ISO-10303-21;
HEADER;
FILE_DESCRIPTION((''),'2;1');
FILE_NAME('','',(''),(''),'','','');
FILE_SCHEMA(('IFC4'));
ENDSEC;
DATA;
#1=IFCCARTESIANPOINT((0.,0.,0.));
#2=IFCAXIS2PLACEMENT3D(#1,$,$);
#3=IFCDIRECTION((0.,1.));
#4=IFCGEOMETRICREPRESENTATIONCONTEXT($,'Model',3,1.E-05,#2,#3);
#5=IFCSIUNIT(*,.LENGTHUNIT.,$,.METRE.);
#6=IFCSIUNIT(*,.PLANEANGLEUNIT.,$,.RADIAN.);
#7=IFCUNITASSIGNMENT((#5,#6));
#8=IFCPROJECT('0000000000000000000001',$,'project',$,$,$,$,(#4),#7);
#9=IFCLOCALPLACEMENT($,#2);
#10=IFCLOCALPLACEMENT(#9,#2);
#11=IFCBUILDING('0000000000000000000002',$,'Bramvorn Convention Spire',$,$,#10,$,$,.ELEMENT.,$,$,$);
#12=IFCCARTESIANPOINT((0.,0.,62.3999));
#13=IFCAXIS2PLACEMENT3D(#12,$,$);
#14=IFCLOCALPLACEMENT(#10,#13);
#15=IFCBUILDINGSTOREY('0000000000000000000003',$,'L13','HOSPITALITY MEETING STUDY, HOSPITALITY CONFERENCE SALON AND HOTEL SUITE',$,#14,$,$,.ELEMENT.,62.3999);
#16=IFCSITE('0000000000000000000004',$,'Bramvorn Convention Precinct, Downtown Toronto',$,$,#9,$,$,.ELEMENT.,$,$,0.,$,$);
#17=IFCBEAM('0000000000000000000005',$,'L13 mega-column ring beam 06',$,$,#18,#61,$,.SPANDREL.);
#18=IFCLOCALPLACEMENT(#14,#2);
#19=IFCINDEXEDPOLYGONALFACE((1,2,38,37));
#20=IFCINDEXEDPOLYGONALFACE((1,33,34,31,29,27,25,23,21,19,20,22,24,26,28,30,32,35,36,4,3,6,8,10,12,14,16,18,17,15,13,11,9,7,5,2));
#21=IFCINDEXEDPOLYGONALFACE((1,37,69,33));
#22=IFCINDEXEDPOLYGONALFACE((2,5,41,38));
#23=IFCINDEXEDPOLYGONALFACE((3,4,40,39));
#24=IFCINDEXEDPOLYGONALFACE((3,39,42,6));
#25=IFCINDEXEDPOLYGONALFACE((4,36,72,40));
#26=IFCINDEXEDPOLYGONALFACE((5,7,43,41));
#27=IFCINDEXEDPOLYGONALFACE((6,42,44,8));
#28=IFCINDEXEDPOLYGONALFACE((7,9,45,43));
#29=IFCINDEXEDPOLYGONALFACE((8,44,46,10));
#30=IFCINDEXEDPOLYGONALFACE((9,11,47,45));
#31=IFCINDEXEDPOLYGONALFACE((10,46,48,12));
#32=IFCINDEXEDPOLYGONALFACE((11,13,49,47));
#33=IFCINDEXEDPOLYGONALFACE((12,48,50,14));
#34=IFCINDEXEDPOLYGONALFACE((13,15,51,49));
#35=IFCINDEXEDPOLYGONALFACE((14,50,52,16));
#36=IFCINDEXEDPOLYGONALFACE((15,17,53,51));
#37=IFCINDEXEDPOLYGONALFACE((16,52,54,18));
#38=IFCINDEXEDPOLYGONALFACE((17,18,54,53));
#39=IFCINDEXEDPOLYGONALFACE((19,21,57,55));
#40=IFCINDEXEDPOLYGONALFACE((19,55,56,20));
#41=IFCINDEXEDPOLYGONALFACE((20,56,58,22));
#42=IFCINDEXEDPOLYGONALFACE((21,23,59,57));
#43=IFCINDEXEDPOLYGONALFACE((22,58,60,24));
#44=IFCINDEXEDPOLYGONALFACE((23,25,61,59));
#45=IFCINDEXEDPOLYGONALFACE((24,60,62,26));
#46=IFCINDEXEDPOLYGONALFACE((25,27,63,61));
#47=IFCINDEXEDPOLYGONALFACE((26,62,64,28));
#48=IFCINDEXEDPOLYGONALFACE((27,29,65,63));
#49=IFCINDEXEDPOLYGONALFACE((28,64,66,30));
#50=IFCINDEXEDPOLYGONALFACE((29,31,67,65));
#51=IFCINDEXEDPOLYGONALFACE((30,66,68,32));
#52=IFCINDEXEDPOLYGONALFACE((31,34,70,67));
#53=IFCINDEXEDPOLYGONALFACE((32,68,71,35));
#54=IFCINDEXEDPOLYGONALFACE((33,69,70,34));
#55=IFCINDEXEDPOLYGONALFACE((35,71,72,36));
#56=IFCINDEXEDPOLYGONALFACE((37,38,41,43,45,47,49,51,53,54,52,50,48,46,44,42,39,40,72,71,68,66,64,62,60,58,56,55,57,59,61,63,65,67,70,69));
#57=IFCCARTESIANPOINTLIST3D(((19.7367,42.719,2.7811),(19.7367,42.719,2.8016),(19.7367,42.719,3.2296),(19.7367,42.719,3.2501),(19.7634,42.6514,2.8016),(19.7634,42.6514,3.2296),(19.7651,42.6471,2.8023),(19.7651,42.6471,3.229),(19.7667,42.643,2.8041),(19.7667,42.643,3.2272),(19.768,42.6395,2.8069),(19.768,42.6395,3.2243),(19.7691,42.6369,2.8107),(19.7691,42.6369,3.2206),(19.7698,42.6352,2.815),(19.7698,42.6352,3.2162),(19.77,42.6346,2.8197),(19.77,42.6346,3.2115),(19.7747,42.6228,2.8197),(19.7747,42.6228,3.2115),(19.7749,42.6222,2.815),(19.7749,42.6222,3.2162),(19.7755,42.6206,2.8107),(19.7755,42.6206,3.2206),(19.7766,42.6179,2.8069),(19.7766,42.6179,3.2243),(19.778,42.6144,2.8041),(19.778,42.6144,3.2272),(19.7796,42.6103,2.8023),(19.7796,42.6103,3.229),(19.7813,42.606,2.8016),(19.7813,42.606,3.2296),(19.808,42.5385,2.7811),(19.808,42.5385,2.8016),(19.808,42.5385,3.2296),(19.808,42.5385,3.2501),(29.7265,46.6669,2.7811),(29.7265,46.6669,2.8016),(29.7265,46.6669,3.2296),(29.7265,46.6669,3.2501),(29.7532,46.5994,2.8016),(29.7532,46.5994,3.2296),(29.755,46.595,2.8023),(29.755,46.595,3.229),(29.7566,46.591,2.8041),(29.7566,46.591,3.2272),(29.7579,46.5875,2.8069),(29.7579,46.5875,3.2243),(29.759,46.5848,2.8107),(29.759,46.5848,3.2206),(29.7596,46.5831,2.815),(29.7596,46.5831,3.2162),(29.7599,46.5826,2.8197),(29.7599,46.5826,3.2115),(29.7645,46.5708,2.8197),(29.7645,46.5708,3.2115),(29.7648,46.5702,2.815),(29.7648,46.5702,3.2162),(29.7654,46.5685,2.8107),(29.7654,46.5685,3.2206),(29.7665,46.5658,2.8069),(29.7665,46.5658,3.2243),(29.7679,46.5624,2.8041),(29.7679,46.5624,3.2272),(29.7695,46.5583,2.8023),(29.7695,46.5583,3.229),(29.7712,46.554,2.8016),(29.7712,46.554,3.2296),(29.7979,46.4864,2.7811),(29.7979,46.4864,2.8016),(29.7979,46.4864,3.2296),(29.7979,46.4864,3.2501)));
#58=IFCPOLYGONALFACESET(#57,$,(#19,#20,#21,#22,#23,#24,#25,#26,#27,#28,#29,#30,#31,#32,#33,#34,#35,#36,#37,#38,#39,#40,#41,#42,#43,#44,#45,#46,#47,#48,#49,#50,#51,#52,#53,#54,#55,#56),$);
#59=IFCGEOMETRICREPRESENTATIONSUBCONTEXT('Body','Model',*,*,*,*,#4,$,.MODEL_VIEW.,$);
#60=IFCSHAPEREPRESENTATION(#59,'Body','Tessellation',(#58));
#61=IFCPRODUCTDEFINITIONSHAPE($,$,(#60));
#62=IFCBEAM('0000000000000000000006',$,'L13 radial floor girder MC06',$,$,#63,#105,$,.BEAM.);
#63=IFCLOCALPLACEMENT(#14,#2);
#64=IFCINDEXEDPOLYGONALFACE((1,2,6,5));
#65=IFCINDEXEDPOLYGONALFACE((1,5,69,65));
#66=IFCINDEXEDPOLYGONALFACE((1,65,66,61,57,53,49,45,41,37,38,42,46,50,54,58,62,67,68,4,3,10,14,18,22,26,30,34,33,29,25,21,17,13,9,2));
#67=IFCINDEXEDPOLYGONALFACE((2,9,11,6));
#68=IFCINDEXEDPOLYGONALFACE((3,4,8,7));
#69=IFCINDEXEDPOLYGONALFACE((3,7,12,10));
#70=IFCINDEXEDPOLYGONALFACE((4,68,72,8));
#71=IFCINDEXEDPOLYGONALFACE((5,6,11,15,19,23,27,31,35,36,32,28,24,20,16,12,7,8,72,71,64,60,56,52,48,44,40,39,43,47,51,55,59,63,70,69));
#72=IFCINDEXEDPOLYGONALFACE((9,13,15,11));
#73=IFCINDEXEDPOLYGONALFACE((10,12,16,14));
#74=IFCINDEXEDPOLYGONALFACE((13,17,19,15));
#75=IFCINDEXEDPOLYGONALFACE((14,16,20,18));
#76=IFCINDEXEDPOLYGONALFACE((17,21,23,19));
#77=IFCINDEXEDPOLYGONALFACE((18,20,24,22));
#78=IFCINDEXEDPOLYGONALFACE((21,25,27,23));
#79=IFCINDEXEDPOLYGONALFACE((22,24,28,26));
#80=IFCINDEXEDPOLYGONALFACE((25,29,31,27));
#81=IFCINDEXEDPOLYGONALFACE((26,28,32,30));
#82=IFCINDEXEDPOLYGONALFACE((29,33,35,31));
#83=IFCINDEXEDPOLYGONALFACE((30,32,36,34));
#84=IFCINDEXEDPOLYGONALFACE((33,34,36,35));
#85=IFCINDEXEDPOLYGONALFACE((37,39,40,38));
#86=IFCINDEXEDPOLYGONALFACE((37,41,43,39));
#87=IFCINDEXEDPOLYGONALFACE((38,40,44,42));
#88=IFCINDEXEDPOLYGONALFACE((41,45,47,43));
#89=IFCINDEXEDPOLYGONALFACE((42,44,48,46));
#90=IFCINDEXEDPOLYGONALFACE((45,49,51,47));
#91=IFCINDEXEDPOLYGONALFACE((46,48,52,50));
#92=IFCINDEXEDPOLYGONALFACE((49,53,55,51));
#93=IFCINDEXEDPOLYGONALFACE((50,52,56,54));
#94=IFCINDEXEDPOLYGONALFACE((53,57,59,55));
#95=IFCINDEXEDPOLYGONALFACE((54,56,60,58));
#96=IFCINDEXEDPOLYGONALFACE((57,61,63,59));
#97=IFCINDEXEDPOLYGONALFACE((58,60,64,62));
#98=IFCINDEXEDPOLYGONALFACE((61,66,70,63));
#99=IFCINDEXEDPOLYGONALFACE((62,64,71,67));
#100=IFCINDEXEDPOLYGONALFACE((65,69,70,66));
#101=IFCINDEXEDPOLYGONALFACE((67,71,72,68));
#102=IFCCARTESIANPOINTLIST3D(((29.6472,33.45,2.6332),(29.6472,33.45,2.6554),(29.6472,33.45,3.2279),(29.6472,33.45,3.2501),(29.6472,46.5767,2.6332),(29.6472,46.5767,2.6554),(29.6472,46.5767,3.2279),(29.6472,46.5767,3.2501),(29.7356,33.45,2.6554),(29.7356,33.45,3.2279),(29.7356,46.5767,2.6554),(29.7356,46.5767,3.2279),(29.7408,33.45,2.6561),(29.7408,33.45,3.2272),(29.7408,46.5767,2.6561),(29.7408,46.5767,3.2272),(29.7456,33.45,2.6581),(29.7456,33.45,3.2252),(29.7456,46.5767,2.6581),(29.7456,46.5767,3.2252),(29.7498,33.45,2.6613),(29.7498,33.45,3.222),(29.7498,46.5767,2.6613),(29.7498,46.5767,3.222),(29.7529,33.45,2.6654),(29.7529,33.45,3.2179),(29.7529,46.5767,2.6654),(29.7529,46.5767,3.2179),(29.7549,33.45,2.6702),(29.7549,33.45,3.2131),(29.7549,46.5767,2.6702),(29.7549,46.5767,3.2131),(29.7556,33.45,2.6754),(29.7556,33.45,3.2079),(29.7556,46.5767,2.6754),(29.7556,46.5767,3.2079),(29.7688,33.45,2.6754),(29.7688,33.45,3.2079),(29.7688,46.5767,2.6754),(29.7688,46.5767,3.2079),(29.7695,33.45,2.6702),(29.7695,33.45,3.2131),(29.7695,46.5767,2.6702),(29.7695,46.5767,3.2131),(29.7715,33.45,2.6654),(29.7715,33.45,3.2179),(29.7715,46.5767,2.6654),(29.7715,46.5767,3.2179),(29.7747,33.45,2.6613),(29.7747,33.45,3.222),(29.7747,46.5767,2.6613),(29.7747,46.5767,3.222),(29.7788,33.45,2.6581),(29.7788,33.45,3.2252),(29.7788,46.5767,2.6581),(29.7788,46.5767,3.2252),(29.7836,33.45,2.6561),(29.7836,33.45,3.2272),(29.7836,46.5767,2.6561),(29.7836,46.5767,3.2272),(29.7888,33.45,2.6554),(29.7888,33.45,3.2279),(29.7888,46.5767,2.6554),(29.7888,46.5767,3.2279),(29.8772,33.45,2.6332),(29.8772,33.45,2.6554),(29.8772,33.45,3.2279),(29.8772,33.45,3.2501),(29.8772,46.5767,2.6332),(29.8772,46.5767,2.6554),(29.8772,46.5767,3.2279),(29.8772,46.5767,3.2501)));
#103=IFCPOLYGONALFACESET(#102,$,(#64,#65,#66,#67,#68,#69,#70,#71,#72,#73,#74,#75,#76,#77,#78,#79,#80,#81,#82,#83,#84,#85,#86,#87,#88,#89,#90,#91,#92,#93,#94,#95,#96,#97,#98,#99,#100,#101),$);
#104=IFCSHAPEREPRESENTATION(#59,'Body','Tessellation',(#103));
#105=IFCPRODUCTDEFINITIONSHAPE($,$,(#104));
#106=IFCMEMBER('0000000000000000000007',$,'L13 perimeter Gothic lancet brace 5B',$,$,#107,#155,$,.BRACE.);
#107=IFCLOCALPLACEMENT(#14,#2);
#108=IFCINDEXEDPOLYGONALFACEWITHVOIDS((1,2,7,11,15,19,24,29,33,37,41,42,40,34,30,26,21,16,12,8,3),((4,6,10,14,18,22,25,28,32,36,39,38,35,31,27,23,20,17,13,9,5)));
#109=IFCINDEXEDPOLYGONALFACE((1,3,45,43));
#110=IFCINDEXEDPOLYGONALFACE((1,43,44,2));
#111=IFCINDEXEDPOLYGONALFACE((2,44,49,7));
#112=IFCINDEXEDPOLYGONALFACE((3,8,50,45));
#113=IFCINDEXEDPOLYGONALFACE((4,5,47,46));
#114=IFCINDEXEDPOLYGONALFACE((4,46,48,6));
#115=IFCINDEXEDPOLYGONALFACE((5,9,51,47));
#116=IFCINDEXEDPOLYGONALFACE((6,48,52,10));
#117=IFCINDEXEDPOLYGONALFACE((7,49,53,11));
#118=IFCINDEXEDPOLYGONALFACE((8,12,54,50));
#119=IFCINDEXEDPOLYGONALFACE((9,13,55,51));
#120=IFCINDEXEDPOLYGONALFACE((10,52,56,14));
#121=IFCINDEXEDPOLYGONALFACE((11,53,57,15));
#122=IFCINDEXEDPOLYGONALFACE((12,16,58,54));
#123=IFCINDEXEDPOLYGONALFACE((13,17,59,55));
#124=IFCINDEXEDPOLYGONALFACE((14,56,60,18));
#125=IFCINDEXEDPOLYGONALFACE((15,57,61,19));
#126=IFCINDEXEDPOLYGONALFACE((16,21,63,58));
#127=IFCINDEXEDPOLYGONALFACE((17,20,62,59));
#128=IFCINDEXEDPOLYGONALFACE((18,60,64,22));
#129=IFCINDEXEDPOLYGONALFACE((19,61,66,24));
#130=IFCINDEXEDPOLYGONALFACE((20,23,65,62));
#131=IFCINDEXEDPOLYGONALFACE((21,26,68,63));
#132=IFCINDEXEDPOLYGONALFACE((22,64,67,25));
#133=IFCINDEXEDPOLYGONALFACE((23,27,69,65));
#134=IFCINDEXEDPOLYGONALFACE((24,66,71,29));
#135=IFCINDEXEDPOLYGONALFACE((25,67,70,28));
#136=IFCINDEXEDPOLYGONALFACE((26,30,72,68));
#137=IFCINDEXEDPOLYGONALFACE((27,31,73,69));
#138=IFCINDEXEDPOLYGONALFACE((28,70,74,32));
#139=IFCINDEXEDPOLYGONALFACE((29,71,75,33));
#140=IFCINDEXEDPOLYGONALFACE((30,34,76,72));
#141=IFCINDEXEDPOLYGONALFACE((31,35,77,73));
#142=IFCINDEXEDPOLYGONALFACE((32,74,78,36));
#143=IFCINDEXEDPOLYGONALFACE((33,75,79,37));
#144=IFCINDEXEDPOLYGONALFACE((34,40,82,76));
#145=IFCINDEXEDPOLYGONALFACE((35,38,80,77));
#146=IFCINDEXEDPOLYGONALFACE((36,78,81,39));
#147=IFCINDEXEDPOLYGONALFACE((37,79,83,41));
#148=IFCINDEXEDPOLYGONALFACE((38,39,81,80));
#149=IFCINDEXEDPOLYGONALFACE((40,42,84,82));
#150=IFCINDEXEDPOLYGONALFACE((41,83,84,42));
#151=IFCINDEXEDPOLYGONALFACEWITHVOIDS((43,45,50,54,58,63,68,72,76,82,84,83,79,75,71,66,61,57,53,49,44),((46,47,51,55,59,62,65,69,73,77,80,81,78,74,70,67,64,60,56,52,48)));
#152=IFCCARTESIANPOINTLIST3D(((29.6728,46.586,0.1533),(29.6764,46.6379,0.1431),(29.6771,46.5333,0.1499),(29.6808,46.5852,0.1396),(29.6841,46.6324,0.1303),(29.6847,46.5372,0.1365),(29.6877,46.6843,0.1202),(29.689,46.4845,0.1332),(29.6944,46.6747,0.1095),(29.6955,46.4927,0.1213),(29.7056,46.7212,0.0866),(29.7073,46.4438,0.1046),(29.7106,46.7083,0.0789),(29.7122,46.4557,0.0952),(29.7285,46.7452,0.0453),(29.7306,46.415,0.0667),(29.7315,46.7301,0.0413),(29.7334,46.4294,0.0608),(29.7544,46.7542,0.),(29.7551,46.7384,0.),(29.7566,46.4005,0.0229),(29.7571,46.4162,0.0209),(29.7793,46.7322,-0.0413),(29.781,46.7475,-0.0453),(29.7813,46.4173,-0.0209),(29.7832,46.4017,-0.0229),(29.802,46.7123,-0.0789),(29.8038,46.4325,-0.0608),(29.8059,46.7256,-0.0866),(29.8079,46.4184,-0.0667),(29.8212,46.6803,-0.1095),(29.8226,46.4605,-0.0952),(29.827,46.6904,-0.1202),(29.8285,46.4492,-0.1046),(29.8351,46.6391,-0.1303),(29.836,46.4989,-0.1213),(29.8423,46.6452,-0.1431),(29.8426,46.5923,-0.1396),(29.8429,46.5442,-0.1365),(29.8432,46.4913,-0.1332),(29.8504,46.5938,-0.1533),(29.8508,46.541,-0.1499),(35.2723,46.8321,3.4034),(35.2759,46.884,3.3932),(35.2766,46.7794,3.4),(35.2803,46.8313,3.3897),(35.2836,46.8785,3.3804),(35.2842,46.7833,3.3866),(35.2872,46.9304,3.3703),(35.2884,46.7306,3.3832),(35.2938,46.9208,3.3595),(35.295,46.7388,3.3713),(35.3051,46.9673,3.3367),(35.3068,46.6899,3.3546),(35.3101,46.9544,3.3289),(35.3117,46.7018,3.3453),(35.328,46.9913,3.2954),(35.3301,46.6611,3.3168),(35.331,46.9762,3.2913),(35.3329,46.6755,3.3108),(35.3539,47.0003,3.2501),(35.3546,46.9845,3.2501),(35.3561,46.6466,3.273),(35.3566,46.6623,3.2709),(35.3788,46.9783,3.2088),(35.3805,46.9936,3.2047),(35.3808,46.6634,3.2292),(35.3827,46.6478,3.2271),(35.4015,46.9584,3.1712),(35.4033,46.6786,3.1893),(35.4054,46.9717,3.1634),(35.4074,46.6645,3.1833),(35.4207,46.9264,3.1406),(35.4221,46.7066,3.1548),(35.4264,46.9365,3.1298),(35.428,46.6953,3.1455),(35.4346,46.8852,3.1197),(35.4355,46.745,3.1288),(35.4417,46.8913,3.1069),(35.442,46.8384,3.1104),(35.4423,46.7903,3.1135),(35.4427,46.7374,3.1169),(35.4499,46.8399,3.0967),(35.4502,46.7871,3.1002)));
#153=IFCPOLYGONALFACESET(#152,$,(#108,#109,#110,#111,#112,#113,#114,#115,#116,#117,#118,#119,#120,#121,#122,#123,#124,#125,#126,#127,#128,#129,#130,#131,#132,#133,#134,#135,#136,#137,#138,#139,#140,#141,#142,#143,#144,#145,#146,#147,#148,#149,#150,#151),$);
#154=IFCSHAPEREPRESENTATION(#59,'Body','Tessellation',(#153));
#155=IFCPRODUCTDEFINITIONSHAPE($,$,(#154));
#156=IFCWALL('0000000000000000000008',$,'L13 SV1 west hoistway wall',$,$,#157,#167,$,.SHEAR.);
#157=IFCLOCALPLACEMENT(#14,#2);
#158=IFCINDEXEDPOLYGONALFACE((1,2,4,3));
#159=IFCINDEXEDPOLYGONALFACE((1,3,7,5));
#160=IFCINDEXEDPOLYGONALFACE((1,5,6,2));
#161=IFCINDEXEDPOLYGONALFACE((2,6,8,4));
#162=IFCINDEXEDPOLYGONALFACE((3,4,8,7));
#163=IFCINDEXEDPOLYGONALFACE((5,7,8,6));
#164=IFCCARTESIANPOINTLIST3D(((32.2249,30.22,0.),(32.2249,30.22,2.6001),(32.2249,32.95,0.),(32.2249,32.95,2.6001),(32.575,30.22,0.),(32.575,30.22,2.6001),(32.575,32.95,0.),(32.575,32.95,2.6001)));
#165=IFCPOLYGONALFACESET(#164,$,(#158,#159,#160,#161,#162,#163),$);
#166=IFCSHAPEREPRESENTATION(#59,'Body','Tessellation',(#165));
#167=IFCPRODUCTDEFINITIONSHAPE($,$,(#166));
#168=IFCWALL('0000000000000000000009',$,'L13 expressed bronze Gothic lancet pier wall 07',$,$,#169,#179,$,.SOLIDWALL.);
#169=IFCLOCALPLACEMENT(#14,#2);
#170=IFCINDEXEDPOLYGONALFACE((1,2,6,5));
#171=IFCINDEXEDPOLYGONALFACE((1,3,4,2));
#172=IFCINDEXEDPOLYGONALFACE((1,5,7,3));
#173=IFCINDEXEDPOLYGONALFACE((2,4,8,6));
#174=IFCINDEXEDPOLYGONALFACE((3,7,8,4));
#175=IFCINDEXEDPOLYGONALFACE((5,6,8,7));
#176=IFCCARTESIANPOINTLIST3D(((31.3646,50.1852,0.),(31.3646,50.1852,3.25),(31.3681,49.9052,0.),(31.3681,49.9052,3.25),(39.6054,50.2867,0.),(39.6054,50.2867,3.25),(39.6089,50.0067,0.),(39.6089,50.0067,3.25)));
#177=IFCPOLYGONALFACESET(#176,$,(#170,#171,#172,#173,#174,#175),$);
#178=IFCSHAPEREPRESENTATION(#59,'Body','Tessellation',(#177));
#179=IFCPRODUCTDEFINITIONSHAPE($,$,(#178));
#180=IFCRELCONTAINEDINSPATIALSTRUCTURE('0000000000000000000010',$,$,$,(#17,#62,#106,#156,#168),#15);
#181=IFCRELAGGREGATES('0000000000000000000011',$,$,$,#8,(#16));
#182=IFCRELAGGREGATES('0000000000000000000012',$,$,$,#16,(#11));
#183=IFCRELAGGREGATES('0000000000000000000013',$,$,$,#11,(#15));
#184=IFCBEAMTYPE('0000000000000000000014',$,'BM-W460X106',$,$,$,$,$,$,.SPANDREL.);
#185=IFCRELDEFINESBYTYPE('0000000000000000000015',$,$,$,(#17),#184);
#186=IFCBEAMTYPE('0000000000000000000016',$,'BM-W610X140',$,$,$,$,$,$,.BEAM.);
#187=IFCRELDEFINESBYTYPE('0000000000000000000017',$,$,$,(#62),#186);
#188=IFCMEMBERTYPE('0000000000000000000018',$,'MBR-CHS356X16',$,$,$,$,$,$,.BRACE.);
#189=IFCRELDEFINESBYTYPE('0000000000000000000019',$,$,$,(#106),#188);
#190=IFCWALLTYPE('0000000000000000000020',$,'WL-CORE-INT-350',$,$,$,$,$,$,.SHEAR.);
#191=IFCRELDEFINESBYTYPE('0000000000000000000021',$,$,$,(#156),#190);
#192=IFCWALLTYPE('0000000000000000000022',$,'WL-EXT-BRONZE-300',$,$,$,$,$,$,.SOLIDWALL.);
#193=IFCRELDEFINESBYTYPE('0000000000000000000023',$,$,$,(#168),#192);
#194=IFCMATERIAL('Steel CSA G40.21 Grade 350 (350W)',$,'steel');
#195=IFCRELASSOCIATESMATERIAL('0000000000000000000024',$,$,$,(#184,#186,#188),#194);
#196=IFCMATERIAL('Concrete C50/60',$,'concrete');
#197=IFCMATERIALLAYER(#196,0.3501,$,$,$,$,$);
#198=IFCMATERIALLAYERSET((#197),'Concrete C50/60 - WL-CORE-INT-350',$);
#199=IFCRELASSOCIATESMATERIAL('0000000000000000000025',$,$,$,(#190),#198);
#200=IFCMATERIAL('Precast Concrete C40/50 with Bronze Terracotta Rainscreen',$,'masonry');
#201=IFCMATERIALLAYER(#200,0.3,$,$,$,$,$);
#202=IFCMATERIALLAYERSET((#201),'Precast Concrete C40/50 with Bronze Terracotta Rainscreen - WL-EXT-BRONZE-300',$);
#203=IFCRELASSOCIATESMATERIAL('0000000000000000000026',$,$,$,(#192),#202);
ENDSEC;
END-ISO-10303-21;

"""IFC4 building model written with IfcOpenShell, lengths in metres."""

from ifc_helpers import new_model, si_unit, direction, frame, frame_2d, origin, origin_2d, place, context, subcontext, project, spatial, rectangle, hollow_circle, i_section, extrude, material, layer, layer_set, material_profile, profile_set, type_object, element, save


model = new_model("IFC4")

# Units and contexts
model_context = context("Model", 3, precision=1e-05, world=origin(), true_north=direction((0.0, 1.0)))
body_context = subcontext(model_context, "Body", "Model", "MODEL_VIEW")
ifc_project = project(units=[si_unit("LENGTHUNIT", "METRE"), si_unit("PLANEANGLEUNIT", "RADIAN")], contexts=[model_context])

# Site, building, storey
site_placement = place(None, origin())
site = spatial("IfcSite", under=ifc_project, at=site_placement, Name="Bramvorn Convention Precinct, Downtown Toronto", CompositionType="ELEMENT", RefElevation=0.0)
building_placement = place(site_placement, origin())
building = spatial("IfcBuilding", under=site, at=building_placement, Name="Bramvorn Convention Spire", CompositionType="ELEMENT")
storey_placement = place(building_placement, frame((0.0, 0.0, 62.3999)))
storey = spatial("IfcBuildingStorey", under=building, at=storey_placement, Name="L13", Description="HOSPITALITY MEETING STUDY, HOSPITALITY CONFERENCE SALON AND HOTEL SUITE", CompositionType="ELEMENT", Elevation=62.3999)

# Shared definitions
ifc_material_1 = material(Name="Steel CSA G40.21 Grade 350 (350W)", Category="steel")

# Beams
ifc_material_profile_1 = material_profile(ifc_material_1, i_section(OverallWidth=0.1941, OverallDepth=0.469, WebThickness=0.0127, FlangeThickness=0.0205, FilletRadius=0.0181, at=origin_2d()))
ifc_profile_set_1 = profile_set([ifc_material_profile_1], Name="Steel CSA G40.21 Grade 350 (350W) - W460X106")
beam_type_1 = type_object("IfcBeamType", Name="BM-W460X106", PredefinedType="SPANDREL", material=ifc_profile_set_1)
beam_1_placement = place(storey_placement, frame((29.7622, 46.5767, 3.0156), z_axis=(-0.93001, -0.367535, 0.0), x_axis=(0.367535, -0.93001, 0.0)))
element("IfcBeam", 1, at=beam_1_placement, inside=storey, type_object=beam_type_1, Name="L13 mega-column ring beam 06", PredefinedType="SPANDREL", context=body_context, shape_type="SweptSolid", body=[
    extrude(i_section(OverallWidth=0.1941, OverallDepth=0.469, WebThickness=0.0127, FlangeThickness=0.0205, FilletRadius=0.0181, at=origin_2d()), origin(), (0.0, 0.0, 1.0), 10.7417),
])
ifc_material_profile_2 = material_profile(ifc_material_1, i_section(OverallWidth=0.23, OverallDepth=0.6169, WebThickness=0.0132, FlangeThickness=0.0222, FilletRadius=0.02, at=origin_2d()))
ifc_profile_set_2 = profile_set([ifc_material_profile_2], Name="Steel CSA G40.21 Grade 350 (350W) - W610X140")
beam_type_2 = type_object("IfcBeamType", Name="BM-W610X140", PredefinedType="BEAM", material=ifc_profile_set_2)
beam_2_placement = place(storey_placement, frame((29.7622, 33.45, 2.9417), z_axis=(0.0, 1.0, 0.0), x_axis=(-1.0, 0.0, 0.0)))
element("IfcBeam", 2, at=beam_2_placement, inside=storey, type_object=beam_type_2, Name="L13 radial floor girder MC06", PredefinedType="BEAM", context=body_context, shape_type="SweptSolid", body=[
    extrude(i_section(OverallWidth=0.23, OverallDepth=0.6169, WebThickness=0.0132, FlangeThickness=0.0222, FilletRadius=0.02, at=origin_2d()), origin(), (0.0, 0.0, 1.0), 13.1267),
])

# Member
ifc_material_profile_3 = material_profile(ifc_material_1, hollow_circle(Radius=0.1777, WallThickness=0.0159, at=origin_2d()))
ifc_profile_set_3 = profile_set([ifc_material_profile_3], Name="Steel CSA G40.21 Grade 350 (350W) - CHS356X16")
member_type = type_object("IfcMemberType", Name="MBR-CHS356X16", PredefinedType="BRACE", material=ifc_profile_set_3)
member_placement = place(storey_placement, frame((29.7622, 46.5767, 0.0), z_axis=(0.864248, 0.037984, 0.50163), x_axis=(-0.043908, 0.999036, 0.0)))
element("IfcMember", 3, at=member_placement, inside=storey, type_object=member_type, Name="L13 perimeter Gothic lancet brace 5B", PredefinedType="BRACE", context=body_context, shape_type="SweptSolid", body=[
    extrude(hollow_circle(Radius=0.1777, WallThickness=0.0159, at=origin_2d()), origin(), (0.0, 0.0, 1.0), 6.479),
])

# Shared definitions
ifc_material_2 = material(Name="Concrete C50/60", Category="concrete")
ifc_layer_1 = layer(ifc_material_2, 0.3501)
ifc_layer_set_1 = layer_set([ifc_layer_1], Name="Concrete C50/60 - WL-CORE-INT-350")
wall_type_1 = type_object("IfcWallType", Name="WL-CORE-INT-350", PredefinedType="SHEAR", material=ifc_layer_set_1)

# Walls
wall_1_placement = place(storey_placement, frame((32.3999, 30.22, 0.0), z_axis=(0.0, 0.0, 1.0), x_axis=(0.0, 1.0, 0.0)))
element("IfcWall", 4, at=wall_1_placement, inside=storey, type_object=wall_type_1, Name="L13 SV1 west hoistway wall", PredefinedType="SHEAR", context=body_context, shape_type="SweptSolid", body=[
    extrude(rectangle(XDim=2.73, YDim=0.3501, at=frame_2d((1.365, 0.0))), origin(), (0.0, 0.0, 1.0), 2.6001),
])
ifc_material_3 = material(Name="Precast Concrete C40/50 with Bronze Terracotta Rainscreen", Category="masonry")
ifc_layer_2 = layer(ifc_material_3, 0.3)
ifc_layer_set_2 = layer_set([ifc_layer_2], Name="Precast Concrete C40/50 with Bronze Terracotta Rainscreen - WL-EXT-BRONZE-300")
wall_type_2 = type_object("IfcWallType", Name="WL-EXT-BRONZE-300", PredefinedType="SOLIDWALL", material=ifc_layer_set_2)
wall_2_placement = place(storey_placement, frame((31.3665, 50.0452, 0.0), z_axis=(0.0, 0.0, 1.0), x_axis=(0.999924, 0.012324, 0.0)))
element("IfcWall", 5, at=wall_2_placement, inside=storey, type_object=wall_type_2, Name="L13 expressed bronze Gothic lancet pier wall 07", PredefinedType="SOLIDWALL", context=body_context, shape_type="SweptSolid", body=[
    extrude(rectangle(XDim=8.2415, YDim=0.28, at=frame_2d((4.1206, 0.0))), origin(), (0.0, 0.0, 1.0), 3.25),
])

save(model, "model.ifc")
